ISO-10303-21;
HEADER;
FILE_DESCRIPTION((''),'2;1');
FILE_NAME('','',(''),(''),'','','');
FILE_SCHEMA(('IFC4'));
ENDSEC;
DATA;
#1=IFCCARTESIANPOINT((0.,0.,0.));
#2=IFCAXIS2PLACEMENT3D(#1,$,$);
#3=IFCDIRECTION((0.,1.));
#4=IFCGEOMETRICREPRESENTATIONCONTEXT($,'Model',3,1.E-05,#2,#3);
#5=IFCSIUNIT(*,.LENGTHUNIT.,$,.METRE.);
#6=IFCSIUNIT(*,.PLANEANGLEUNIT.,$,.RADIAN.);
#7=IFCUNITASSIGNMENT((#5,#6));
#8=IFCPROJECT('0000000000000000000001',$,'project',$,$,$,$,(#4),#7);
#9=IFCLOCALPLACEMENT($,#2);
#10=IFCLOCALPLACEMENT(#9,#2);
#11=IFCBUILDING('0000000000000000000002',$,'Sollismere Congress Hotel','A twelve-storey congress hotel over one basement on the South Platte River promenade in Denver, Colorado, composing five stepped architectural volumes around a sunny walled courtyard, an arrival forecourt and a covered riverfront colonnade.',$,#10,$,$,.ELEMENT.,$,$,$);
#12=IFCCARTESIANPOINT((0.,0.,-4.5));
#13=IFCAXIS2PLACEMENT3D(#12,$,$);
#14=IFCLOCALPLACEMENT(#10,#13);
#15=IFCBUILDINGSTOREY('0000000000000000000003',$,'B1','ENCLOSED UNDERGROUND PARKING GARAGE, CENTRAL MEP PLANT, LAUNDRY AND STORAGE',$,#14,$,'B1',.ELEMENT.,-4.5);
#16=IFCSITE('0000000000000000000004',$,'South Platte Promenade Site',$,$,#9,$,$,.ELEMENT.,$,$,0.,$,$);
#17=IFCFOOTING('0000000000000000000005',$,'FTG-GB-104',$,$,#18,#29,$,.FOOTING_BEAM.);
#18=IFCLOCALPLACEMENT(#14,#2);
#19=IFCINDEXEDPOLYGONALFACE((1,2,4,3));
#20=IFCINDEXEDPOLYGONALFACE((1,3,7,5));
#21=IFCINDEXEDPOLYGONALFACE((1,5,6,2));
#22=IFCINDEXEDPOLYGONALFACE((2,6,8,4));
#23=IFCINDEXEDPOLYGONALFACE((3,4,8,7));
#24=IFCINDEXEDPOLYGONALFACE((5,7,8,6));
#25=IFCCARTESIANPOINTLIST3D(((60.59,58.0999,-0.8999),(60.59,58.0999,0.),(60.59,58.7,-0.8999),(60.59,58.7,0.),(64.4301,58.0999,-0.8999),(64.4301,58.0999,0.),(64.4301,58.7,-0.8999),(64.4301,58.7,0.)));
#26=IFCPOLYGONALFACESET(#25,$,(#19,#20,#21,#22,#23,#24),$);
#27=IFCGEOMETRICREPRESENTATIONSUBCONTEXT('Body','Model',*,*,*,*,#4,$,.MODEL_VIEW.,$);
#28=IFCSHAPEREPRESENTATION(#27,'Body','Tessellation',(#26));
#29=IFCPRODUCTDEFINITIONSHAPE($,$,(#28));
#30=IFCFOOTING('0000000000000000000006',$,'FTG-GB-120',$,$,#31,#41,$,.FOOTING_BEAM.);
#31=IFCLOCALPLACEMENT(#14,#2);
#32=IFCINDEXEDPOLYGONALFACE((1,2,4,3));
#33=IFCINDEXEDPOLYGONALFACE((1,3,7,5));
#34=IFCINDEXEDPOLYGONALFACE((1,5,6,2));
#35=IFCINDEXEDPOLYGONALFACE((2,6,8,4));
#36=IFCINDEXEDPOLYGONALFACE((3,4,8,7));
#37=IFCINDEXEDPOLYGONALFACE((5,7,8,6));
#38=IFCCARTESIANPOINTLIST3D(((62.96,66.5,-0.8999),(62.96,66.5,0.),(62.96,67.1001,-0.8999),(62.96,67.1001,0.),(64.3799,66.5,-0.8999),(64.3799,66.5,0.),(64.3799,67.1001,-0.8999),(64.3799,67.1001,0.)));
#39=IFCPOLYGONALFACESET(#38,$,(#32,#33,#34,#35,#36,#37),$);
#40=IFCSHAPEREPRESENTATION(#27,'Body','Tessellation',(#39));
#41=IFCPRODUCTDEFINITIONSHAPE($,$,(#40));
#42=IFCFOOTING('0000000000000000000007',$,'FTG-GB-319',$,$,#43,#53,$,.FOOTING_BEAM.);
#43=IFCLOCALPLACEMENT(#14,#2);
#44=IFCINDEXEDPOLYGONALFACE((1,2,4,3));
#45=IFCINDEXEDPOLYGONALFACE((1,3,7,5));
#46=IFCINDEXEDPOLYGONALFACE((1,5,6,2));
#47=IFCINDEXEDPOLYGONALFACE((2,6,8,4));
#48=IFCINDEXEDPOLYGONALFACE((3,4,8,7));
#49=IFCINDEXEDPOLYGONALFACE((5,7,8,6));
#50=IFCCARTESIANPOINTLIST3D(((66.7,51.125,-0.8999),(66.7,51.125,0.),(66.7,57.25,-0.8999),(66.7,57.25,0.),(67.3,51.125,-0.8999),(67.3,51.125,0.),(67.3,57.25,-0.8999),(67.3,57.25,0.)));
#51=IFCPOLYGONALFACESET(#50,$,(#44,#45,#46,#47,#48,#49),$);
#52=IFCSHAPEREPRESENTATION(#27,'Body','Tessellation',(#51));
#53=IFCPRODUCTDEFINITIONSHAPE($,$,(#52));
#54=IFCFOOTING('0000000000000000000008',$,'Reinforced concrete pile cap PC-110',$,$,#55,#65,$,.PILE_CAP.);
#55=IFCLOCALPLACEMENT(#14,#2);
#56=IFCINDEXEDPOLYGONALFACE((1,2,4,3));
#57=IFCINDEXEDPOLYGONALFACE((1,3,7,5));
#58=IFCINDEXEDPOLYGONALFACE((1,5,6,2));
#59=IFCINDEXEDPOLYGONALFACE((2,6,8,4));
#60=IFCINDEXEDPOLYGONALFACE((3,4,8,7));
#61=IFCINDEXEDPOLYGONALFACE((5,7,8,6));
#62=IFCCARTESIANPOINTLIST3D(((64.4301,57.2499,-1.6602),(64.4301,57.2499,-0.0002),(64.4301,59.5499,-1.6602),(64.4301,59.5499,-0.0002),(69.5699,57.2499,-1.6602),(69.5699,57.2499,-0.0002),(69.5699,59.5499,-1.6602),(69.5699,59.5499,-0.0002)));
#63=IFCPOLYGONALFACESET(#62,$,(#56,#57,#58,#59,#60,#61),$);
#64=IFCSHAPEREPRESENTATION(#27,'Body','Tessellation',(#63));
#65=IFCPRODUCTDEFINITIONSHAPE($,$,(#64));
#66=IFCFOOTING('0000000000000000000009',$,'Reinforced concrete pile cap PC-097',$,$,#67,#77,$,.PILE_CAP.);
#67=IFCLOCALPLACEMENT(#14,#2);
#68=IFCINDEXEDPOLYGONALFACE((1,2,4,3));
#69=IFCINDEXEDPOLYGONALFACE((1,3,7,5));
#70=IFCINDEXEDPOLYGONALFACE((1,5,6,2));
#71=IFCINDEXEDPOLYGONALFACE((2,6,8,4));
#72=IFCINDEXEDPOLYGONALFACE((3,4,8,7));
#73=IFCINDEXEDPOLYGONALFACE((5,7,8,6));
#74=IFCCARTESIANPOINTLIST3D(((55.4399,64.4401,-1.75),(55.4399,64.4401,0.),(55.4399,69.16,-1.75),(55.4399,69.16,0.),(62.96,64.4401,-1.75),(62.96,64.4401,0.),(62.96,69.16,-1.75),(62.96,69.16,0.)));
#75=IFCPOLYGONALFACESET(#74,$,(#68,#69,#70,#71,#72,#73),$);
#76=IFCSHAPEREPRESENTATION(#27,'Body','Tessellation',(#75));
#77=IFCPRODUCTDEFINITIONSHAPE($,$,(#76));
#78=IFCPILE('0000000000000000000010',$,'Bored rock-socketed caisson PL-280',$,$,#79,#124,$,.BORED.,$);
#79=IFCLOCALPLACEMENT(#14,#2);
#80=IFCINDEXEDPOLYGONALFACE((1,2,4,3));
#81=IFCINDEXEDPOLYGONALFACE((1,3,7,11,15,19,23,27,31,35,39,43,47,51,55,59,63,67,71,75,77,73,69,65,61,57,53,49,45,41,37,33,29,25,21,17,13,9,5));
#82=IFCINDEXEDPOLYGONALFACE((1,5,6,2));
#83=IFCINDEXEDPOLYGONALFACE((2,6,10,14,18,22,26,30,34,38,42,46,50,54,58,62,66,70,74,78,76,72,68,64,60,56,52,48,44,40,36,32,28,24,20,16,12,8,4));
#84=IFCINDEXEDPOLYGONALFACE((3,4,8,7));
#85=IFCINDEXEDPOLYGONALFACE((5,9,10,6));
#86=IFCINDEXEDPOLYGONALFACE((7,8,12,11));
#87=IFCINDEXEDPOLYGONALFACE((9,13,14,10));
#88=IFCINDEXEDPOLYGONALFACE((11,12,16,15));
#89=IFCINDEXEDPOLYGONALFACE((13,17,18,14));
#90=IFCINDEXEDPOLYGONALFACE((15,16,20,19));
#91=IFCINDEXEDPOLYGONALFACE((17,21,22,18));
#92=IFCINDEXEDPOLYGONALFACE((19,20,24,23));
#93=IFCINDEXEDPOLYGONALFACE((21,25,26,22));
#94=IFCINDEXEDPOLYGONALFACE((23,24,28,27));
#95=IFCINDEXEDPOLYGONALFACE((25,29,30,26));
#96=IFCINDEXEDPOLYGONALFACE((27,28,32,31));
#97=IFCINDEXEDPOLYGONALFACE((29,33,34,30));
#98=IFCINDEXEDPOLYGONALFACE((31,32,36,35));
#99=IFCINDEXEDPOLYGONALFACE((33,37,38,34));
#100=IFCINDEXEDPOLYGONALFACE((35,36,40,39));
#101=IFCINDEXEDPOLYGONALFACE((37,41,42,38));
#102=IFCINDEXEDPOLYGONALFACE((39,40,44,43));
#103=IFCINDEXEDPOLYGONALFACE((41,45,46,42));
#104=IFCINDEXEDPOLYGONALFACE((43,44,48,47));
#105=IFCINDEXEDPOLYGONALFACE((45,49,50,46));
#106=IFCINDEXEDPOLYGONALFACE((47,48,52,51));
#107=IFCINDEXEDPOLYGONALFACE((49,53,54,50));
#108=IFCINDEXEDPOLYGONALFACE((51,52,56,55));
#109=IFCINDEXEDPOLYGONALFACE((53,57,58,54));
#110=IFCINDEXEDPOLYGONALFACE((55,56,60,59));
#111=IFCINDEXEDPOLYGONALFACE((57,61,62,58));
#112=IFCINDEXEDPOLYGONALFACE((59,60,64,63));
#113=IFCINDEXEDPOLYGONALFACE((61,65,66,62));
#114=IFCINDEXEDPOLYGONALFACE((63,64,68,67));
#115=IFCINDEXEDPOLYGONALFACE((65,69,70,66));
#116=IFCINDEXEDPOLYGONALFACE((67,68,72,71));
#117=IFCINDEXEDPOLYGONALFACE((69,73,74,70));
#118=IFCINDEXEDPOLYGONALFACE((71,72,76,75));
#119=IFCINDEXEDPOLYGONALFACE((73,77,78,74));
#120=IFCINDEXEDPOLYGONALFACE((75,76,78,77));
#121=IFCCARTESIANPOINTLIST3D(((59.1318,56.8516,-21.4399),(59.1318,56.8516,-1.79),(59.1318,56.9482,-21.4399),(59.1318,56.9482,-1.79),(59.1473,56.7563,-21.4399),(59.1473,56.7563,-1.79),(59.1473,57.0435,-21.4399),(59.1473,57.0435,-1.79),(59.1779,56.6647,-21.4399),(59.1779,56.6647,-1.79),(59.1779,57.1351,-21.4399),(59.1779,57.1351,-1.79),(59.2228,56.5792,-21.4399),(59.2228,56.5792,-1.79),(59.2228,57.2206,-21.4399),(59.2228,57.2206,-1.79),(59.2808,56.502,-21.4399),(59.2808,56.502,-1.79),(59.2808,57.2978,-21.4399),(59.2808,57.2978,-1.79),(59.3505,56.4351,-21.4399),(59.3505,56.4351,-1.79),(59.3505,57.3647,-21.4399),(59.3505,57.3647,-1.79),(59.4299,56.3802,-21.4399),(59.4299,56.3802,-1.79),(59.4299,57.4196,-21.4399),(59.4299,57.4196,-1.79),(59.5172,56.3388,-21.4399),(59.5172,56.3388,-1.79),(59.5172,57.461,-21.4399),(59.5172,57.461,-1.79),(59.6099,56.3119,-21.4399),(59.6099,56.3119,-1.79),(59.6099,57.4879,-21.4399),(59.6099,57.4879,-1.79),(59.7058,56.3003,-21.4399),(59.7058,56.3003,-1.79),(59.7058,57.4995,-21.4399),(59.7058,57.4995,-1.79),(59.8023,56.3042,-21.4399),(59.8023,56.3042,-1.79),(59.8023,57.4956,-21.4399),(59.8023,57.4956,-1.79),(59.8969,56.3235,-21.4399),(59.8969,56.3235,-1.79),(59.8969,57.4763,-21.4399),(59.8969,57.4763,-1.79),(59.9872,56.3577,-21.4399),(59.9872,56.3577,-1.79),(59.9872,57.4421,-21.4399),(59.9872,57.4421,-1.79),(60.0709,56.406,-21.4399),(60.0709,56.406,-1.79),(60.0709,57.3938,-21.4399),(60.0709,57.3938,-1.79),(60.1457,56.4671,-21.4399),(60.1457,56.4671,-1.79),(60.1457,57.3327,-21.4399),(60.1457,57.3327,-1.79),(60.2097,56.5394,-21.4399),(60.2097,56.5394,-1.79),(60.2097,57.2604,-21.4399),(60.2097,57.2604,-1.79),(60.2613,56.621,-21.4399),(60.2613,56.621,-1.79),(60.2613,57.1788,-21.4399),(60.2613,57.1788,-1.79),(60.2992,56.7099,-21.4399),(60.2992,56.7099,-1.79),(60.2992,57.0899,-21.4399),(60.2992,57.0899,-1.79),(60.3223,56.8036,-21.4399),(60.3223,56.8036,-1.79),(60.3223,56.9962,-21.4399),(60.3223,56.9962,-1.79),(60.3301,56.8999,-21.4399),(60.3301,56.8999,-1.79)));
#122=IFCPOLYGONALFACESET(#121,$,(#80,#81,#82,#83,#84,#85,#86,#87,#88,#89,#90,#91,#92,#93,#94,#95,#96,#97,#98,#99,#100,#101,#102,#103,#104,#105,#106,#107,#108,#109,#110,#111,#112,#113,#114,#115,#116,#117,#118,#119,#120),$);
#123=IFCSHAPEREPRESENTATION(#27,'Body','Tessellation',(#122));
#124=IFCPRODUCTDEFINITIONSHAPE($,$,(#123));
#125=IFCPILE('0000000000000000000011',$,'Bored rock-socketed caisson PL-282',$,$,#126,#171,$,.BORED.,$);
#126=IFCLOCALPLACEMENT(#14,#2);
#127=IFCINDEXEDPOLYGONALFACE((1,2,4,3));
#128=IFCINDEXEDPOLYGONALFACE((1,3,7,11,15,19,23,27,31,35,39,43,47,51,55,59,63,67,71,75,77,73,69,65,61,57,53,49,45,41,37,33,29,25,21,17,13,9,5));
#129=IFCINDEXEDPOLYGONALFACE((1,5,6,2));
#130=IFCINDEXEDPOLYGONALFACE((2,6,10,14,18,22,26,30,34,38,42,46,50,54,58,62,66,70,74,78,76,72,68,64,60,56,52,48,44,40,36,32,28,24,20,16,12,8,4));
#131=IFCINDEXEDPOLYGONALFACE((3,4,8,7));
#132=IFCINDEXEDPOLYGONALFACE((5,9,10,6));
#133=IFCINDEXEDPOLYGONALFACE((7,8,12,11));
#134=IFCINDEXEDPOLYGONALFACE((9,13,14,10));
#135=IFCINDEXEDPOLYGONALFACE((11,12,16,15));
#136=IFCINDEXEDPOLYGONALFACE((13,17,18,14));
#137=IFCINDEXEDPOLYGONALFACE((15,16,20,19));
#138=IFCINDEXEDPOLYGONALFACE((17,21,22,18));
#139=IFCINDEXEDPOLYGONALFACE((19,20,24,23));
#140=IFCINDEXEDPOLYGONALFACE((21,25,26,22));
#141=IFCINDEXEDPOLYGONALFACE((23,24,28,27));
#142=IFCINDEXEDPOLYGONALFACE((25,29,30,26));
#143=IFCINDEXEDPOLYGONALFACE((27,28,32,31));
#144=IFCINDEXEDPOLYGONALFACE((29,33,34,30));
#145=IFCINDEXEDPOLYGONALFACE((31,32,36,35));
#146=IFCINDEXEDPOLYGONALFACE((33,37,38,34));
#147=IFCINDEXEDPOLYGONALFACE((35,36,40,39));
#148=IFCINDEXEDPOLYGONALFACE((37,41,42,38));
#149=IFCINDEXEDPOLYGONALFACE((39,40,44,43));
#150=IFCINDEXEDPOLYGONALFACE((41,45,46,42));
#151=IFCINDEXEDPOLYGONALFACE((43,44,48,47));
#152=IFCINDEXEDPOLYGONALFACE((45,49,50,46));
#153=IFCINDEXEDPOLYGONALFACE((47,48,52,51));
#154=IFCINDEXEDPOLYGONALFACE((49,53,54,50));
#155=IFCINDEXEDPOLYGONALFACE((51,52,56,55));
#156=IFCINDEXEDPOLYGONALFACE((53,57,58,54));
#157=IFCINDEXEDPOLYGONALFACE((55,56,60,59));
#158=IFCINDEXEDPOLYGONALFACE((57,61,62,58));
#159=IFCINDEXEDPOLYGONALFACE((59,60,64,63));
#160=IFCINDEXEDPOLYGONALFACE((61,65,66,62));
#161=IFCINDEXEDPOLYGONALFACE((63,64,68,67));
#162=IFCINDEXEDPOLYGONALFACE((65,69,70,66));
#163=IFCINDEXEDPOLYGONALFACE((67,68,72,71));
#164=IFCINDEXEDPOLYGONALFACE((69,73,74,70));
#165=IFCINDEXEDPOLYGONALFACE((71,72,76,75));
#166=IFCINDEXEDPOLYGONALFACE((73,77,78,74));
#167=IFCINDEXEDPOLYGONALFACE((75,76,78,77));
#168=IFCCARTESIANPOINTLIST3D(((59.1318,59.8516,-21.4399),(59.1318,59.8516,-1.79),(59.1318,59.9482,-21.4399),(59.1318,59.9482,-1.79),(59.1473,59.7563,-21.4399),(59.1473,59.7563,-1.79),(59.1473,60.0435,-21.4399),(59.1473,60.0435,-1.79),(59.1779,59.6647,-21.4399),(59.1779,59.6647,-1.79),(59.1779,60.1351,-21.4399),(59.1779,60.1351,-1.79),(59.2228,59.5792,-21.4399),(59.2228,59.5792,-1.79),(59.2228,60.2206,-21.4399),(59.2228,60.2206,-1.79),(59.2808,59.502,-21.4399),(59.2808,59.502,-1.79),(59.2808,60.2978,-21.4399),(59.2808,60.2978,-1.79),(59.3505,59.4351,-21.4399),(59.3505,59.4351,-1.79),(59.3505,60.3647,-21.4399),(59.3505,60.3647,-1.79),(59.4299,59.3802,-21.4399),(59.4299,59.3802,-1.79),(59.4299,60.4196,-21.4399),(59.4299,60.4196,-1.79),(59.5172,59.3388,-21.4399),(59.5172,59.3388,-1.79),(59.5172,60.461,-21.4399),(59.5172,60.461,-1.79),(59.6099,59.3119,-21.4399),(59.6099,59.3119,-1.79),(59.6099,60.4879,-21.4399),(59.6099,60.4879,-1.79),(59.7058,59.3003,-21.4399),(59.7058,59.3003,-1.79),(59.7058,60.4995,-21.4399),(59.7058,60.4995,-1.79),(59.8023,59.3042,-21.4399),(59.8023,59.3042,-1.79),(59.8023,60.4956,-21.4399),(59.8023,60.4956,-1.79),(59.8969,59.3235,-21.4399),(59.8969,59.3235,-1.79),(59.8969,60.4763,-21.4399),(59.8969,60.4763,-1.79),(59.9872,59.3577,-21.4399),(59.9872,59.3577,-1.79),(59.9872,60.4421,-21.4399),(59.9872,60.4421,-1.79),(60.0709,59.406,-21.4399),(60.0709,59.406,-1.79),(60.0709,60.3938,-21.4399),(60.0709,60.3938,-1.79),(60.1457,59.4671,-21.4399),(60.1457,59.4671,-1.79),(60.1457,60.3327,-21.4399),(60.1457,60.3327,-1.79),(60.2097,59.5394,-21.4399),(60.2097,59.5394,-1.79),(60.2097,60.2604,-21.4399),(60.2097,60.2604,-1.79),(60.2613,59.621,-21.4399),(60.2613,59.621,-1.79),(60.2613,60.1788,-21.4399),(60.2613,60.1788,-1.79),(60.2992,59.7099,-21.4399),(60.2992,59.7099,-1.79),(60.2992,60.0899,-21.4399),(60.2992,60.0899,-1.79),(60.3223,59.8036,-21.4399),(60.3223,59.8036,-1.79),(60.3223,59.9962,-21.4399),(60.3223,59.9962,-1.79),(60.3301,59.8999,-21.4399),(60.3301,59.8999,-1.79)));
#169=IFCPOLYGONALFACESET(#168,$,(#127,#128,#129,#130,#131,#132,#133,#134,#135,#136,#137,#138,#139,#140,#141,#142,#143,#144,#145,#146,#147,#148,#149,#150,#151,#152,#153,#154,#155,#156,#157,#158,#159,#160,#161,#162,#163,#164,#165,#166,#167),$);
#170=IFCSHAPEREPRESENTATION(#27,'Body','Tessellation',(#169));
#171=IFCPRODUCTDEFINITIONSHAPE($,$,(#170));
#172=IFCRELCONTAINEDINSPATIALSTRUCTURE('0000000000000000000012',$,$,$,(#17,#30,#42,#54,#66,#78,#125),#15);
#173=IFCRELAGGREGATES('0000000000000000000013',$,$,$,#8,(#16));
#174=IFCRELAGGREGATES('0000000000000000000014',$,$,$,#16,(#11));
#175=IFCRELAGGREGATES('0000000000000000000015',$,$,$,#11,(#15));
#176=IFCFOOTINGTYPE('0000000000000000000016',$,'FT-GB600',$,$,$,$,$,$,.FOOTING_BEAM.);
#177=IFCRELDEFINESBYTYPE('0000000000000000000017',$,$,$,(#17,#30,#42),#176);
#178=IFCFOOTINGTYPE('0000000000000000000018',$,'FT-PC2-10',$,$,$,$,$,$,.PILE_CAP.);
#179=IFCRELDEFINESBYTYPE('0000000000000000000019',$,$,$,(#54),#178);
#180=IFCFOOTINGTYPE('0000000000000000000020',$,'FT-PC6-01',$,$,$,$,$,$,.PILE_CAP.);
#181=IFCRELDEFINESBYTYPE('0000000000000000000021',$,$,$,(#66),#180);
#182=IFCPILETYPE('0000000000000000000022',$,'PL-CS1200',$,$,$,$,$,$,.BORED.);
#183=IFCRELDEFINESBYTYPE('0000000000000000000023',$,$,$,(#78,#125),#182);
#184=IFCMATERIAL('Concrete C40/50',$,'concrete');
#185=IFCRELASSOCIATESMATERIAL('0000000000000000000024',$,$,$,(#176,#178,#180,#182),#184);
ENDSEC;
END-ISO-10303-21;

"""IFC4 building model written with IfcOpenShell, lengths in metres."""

from ifc_helpers import new_model, si_unit, direction, frame, origin, origin_2d, place, context, subcontext, project, spatial, rectangle, circle, extrude, material, material_profile, profile_set, type_object, element, save


model = new_model("IFC4")

# Units and contexts
model_context = context("Model", 3, precision=1e-05, world=origin(), true_north=direction((0.0, 1.0)))
body_context = subcontext(model_context, "Body", "Model", "MODEL_VIEW")
ifc_project = project(units=[si_unit("LENGTHUNIT", "METRE"), si_unit("PLANEANGLEUNIT", "RADIAN")], contexts=[model_context])

# Site, building, storey
site_placement = place(None, origin())
site = spatial("IfcSite", under=ifc_project, at=site_placement, Name="South Platte Promenade Site", CompositionType="ELEMENT", RefElevation=0.0)
building_placement = place(site_placement, origin())
building = spatial("IfcBuilding", under=site, at=building_placement, Name="Sollismere Congress Hotel", Description="A twelve-storey congress hotel over one basement on the South Platte River promenade in Denver, Colorado, composing five stepped architectural volumes around a sunny walled courtyard, an arrival forecourt and a covered riverfront colonnade.", CompositionType="ELEMENT")
storey_placement = place(building_placement, frame((0.0, 0.0, -4.5)))
storey = spatial("IfcBuildingStorey", under=building, at=storey_placement, Name="B1", Description="ENCLOSED UNDERGROUND PARKING GARAGE, CENTRAL MEP PLANT, LAUNDRY AND STORAGE", LongName="B1", CompositionType="ELEMENT", Elevation=-4.5)

# Footings
ifc_material_1 = material(Name="Concrete C40/50", Category="concrete")
footing_type_1 = type_object("IfcFootingType", Name="FT-GB600", PredefinedType="FOOTING_BEAM", material=ifc_material_1)
footing_1_placement = place(storey_placement, frame((62.51, 58.3999, -0.8999), z_axis=(0.0, 0.0, 1.0), x_axis=(1.0, 0.0, 0.0)))
element("IfcFooting", 1, at=footing_1_placement, inside=storey, type_object=footing_type_1, Name="FTG-GB-104", PredefinedType="FOOTING_BEAM", context=body_context, shape_type="SweptSolid", body=[
    extrude(rectangle(XDim=3.8401, YDim=0.6001, at=origin_2d()), origin(), (0.0, 0.0, 1.0), 0.8999),
])
footing_2_placement = place(storey_placement, frame((63.6699, 66.8, -0.8999), z_axis=(0.0, 0.0, 1.0), x_axis=(1.0, 0.0, 0.0)))
element("IfcFooting", 2, at=footing_2_placement, inside=storey, type_object=footing_type_1, Name="FTG-GB-120", PredefinedType="FOOTING_BEAM", context=body_context, shape_type="SweptSolid", body=[
    extrude(rectangle(XDim=1.4199, YDim=0.6001, at=origin_2d()), origin(), (0.0, 0.0, 1.0), 0.8999),
])
footing_3_placement = place(storey_placement, frame((67.0, 54.1875, -0.8999), z_axis=(0.0, 0.0, 1.0), x_axis=(0.0, 1.0, 0.0)))
element("IfcFooting", 3, at=footing_3_placement, inside=storey, type_object=footing_type_1, Name="FTG-GB-319", PredefinedType="FOOTING_BEAM", context=body_context, shape_type="SweptSolid", body=[
    extrude(rectangle(XDim=6.125, YDim=0.6001, at=origin_2d()), origin(), (0.0, 0.0, 1.0), 0.8999),
])
footing_type_2 = type_object("IfcFootingType", Name="FT-PC2-10", PredefinedType="PILE_CAP", material=ifc_material_1)
footing_4_placement = place(storey_placement, frame((67.0, 58.3999, -1.6602), z_axis=(0.0, 0.0, 1.0), x_axis=(1.0, 0.0, 0.0)))
element("IfcFooting", 4, at=footing_4_placement, inside=storey, type_object=footing_type_2, Name="Reinforced concrete pile cap PC-110", PredefinedType="PILE_CAP", context=body_context, shape_type="SweptSolid", body=[
    extrude(rectangle(XDim=5.1399, YDim=2.3, at=origin_2d()), origin(), (0.0, 0.0, 1.0), 1.6599),
])
footing_type_3 = type_object("IfcFootingType", Name="FT-PC6-01", PredefinedType="PILE_CAP", material=ifc_material_1)
footing_5_placement = place(storey_placement, frame((59.2, 66.8, -1.75), z_axis=(0.0, 0.0, 1.0), x_axis=(1.0, 0.0, 0.0)))
element("IfcFooting", 5, at=footing_5_placement, inside=storey, type_object=footing_type_3, Name="Reinforced concrete pile cap PC-097", PredefinedType="PILE_CAP", context=body_context, shape_type="SweptSolid", body=[
    extrude(rectangle(XDim=7.52, YDim=4.72, at=origin_2d()), origin(), (0.0, 0.0, 1.0), 1.75),
])

# Piles
ifc_material_profile_1 = material_profile(ifc_material_1, circle(Radius=0.6001, at=origin_2d()), Name="CAISSON1200")
ifc_profile_set_1 = profile_set([ifc_material_profile_1], Name="Concrete C40/50")
pile_type = type_object("IfcPileType", Name="PL-CS1200", PredefinedType="BORED", material=ifc_profile_set_1)
for number, where, z_axis, x_axis, name in (
    (6, (59.73, 56.8999, -1.79), (0.0, 0.0, -1.0), (1.0, 0.0, 0.0), "Bored rock-socketed caisson PL-280"),
    (7, (59.73, 59.8999, -1.79), (0.0, 0.0, -1.0), (1.0, 0.0, 0.0), "Bored rock-socketed caisson PL-282"),
):
    element("IfcPile", number, at=place(storey_placement, frame(where, z_axis=z_axis, x_axis=x_axis)), inside=storey, type_object=pile_type, Name=name, PredefinedType="BORED", context=body_context, shape_type="SweptSolid", body=[
        extrude(circle(Radius=0.6001, at=origin_2d()), origin(), (0.0, 0.0, 1.0), 19.6499),
    ])

save(model, "model.ifc")
